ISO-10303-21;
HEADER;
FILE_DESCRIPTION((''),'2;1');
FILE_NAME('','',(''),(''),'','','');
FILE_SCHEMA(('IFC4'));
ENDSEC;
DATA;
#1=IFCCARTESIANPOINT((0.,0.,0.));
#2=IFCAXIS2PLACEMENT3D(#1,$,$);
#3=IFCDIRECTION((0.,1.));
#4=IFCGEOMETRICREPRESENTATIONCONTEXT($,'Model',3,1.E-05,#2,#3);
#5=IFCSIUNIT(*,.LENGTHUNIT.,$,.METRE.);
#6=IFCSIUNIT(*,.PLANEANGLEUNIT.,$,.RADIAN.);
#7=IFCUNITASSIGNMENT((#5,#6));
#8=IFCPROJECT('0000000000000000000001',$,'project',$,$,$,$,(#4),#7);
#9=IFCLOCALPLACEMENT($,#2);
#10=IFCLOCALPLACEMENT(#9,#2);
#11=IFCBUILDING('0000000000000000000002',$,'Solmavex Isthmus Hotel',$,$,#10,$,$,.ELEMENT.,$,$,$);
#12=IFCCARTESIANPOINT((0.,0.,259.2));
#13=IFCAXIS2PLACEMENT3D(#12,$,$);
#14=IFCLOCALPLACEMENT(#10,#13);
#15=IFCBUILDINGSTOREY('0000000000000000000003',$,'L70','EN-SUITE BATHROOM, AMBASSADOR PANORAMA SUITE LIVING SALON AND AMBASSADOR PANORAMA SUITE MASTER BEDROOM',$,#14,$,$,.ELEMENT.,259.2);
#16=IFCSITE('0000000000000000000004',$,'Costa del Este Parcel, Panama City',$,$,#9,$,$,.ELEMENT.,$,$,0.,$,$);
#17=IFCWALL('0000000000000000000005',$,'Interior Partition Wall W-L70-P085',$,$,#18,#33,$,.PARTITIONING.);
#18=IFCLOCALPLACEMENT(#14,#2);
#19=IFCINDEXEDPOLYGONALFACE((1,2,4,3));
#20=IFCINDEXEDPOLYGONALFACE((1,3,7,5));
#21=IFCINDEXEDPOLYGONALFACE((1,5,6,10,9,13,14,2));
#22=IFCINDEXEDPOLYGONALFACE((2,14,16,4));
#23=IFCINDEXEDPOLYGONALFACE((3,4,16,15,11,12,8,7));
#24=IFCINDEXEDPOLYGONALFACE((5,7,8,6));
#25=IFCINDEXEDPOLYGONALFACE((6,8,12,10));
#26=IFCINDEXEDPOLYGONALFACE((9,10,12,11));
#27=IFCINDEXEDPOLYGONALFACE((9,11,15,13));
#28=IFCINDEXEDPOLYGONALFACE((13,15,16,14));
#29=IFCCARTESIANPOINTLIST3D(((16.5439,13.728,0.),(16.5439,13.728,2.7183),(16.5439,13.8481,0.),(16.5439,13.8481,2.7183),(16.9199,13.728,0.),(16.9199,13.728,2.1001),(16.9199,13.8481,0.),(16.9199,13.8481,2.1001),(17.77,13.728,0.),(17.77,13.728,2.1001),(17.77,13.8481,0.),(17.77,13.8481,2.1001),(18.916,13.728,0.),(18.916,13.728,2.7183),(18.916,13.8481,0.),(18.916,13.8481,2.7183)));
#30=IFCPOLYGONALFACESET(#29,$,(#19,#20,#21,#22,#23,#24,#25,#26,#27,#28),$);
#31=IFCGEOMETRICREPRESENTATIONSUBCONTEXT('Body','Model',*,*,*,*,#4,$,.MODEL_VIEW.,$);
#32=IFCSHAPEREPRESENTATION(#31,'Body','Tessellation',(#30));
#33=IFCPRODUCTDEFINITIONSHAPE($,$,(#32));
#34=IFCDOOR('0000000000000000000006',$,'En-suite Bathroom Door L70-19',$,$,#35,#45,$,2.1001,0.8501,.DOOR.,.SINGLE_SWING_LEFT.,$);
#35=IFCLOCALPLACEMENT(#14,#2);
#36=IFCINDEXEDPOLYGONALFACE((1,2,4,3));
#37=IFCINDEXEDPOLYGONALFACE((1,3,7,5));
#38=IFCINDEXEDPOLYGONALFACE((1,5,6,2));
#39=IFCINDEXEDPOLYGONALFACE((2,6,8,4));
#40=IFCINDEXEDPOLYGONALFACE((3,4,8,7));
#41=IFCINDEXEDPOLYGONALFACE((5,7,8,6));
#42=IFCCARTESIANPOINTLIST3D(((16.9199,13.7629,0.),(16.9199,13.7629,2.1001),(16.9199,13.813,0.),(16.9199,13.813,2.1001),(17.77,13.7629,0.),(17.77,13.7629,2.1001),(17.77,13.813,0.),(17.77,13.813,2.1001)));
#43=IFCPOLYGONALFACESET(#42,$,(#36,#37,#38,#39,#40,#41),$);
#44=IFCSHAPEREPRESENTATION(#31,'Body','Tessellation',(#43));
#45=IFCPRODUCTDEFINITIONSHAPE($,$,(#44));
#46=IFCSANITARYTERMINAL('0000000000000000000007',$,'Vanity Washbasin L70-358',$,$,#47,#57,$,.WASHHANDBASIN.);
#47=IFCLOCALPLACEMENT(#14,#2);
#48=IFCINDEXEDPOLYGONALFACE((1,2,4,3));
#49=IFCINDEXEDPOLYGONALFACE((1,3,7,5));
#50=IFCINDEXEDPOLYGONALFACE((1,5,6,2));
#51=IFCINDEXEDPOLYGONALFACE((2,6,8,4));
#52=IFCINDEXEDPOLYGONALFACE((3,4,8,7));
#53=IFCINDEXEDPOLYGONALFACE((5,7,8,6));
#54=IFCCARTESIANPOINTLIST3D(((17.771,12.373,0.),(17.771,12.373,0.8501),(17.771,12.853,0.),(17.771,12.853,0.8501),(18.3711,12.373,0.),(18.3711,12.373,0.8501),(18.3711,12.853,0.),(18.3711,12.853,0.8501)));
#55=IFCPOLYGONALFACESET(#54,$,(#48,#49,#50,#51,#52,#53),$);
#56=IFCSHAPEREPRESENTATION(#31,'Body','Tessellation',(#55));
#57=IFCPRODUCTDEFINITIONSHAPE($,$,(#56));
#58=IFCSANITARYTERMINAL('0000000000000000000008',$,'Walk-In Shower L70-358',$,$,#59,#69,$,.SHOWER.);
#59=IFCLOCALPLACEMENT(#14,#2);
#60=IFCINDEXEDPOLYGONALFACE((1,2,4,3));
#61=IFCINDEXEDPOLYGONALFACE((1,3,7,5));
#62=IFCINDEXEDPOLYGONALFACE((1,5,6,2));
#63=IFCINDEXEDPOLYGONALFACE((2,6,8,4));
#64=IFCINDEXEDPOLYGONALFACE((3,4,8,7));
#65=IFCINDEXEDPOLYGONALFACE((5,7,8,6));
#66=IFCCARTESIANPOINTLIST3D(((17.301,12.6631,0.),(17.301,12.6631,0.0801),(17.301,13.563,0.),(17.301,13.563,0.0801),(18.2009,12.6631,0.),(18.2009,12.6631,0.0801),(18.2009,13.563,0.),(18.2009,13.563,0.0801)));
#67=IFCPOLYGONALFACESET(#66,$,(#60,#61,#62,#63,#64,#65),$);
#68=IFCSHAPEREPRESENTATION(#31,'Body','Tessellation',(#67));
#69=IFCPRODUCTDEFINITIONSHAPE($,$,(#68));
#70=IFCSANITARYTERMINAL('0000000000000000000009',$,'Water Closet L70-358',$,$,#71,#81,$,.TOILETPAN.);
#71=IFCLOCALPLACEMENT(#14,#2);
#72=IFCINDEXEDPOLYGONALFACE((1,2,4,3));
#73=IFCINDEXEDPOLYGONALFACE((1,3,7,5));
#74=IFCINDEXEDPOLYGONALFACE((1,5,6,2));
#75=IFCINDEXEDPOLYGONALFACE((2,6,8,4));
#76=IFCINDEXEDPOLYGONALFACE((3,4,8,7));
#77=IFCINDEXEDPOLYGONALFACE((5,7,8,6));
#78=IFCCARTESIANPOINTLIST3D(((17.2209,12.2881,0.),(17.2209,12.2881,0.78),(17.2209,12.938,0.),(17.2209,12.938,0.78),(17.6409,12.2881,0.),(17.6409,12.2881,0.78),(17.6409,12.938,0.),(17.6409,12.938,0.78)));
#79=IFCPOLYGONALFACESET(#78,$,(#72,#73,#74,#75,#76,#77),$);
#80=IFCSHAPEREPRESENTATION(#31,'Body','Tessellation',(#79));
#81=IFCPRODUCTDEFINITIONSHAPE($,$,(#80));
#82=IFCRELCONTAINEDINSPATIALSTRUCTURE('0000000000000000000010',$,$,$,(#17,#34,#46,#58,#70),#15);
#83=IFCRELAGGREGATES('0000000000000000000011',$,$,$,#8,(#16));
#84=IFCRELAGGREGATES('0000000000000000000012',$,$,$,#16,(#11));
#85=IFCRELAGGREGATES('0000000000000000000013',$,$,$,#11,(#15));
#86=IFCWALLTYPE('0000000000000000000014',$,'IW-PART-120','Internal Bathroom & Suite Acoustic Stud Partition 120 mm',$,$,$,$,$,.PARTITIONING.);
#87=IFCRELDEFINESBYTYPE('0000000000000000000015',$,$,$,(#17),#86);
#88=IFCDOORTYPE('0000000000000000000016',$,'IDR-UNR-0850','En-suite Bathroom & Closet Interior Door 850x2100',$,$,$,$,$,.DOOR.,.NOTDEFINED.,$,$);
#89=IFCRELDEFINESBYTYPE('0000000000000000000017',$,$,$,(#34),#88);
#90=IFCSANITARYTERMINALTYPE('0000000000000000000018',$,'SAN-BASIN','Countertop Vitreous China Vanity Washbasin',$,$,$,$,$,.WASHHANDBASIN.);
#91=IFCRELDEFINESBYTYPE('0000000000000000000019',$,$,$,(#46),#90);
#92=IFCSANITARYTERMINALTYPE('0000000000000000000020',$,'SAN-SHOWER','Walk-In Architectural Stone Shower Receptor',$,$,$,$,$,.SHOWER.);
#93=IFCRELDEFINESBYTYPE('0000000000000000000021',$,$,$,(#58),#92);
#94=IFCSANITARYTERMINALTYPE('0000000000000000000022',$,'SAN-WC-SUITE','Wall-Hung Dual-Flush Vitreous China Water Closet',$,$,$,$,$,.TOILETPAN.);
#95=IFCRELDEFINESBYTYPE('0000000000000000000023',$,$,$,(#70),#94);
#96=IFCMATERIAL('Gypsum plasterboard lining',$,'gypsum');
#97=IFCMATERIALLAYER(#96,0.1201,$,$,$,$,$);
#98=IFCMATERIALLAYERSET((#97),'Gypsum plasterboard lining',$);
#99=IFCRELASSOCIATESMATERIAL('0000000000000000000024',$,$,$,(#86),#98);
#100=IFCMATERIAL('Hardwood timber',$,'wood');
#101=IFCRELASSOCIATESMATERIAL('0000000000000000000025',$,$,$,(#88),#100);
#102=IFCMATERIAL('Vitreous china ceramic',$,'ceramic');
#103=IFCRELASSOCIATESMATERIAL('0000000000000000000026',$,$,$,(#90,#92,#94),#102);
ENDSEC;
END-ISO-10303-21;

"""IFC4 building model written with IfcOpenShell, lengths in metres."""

from ifc_helpers import new_model, si_unit, direction, frame, frame_2d, origin, origin_2d, place, context, subcontext, project, spatial, rectangle, extrude, material, layer, layer_set, type_object, element, fill, save


model = new_model("IFC4")

# Units and contexts
model_context = context("Model", 3, precision=1e-05, world=origin(), true_north=direction((0.0, 1.0)))
body_context = subcontext(model_context, "Body", "Model", "MODEL_VIEW")
ifc_project = project(units=[si_unit("LENGTHUNIT", "METRE"), si_unit("PLANEANGLEUNIT", "RADIAN")], contexts=[model_context])

# Site, building, storey
site_placement = place(None, origin())
site = spatial("IfcSite", under=ifc_project, at=site_placement, Name="Costa del Este Parcel, Panama City", CompositionType="ELEMENT", RefElevation=0.0)
building_placement = place(site_placement, origin())
building = spatial("IfcBuilding", under=site, at=building_placement, Name="Solmavex Isthmus Hotel", CompositionType="ELEMENT")
storey_placement = place(building_placement, frame((0.0, 0.0, 259.2)))
storey = spatial("IfcBuildingStorey", under=building, at=storey_placement, Name="L70", Description="EN-SUITE BATHROOM, AMBASSADOR PANORAMA SUITE LIVING SALON AND AMBASSADOR PANORAMA SUITE MASTER BEDROOM", CompositionType="ELEMENT", Elevation=259.2)

# Shared definitions
ifc_material_1 = material(Name="Gypsum plasterboard lining", Category="gypsum")

# Shared definitions
ifc_material_2 = material(Name="Hardwood timber", Category="wood")

# Shared definitions
ifc_layer_1 = layer(ifc_material_1, 0.1201)
ifc_layer_set_1 = layer_set([ifc_layer_1], Name="Gypsum plasterboard lining")
wall_type_1 = type_object("IfcWallType", Name="IW-PART-120", Description="Internal Bathroom & Suite Acoustic Stud Partition 120 mm", PredefinedType="PARTITIONING", material=ifc_layer_set_1)

# Wall, opening, door
wall_1_placement = place(storey_placement, frame((18.916, 13.7881, 0.0), z_axis=(0.0, 0.0, 1.0), x_axis=(-1.0, 0.0, 0.0)))
wall_1 = element("IfcWall", 1, at=wall_1_placement, inside=storey, type_object=wall_type_1, Name="Interior Partition Wall W-L70-P085", PredefinedType="PARTITIONING", context=body_context, shape_type="SweptSolid", body=[
    extrude(rectangle(XDim=2.3721, YDim=0.1201, at=frame_2d((1.186, 0.0))), origin(), (0.0, 0.0, 1.0), 2.7183),
])
opening_1_placement = place(wall_1_placement, frame((1.146, 0.0, 0.0)))
opening_1 = element("IfcOpeningElement", 2, at=opening_1_placement, cuts=wall_1, PredefinedType="OPENING", context=body_context, shape_type="SweptSolid", body=[
    extrude(rectangle(XDim=0.8501, YDim=2.1001, at=frame_2d((0.425, 1.05))), frame((0.0, 0.0701, 0.0), z_axis=(0.0, -1.0, 0.0), x_axis=(1.0, 0.0, 0.0)), (0.0, 0.0, 1.0), 0.1401),
])
door_type_1 = type_object("IfcDoorType", Name="IDR-UNR-0850", Description="En-suite Bathroom & Closet Interior Door 850x2100", OperationType="NOTDEFINED", PredefinedType="DOOR", material=ifc_material_2)
door_1_placement = place(opening_1_placement, frame((0.8501, 0.0, 0.0), z_axis=(0.0, 0.0, 1.0), x_axis=(-1.0, 0.0, 0.0)))
door_1 = element("IfcDoor", 3, at=door_1_placement, inside=storey, type_object=door_type_1, Name="En-suite Bathroom Door L70-19", OperationType="SINGLE_SWING_LEFT", OverallHeight=2.1001, OverallWidth=0.8501, PredefinedType="DOOR", context=body_context, shape_type="SweptSolid", body=[
    extrude(rectangle(XDim=0.8501, YDim=2.1001, at=frame_2d((0.425, 1.05))), frame((0.0, 0.0249, 0.0), z_axis=(0.0, -1.0, 0.0), x_axis=(1.0, 0.0, 0.0)), (0.0, 0.0, 1.0), 0.05),
])
fill(opening_1, door_1)

# Sanitary terminals
ifc_material_3 = material(Name="Vitreous china ceramic", Category="ceramic")
sanitary_terminal_type_1 = type_object("IfcSanitaryTerminalType", Name="SAN-BASIN", Description="Countertop Vitreous China Vanity Washbasin", PredefinedType="WASHHANDBASIN", material=ifc_material_3)
sanitary_terminal_1_placement = place(storey_placement, frame((18.071, 12.613, 0.0), z_axis=(0.0, 0.0, 1.0), x_axis=(1.0, 0.0, 0.0)))
element("IfcSanitaryTerminal", 4, at=sanitary_terminal_1_placement, inside=storey, type_object=sanitary_terminal_type_1, Name="Vanity Washbasin L70-358", PredefinedType="WASHHANDBASIN", context=body_context, shape_type="SweptSolid", body=[
    extrude(rectangle(XDim=0.6001, YDim=0.48, at=origin_2d()), origin(), (0.0, 0.0, 1.0), 0.8501),
])
sanitary_terminal_type_2 = type_object("IfcSanitaryTerminalType", Name="SAN-SHOWER", Description="Walk-In Architectural Stone Shower Receptor", PredefinedType="SHOWER", material=ifc_material_3)
sanitary_terminal_2_placement = place(storey_placement, frame((17.751, 13.113, 0.0), z_axis=(0.0, 0.0, 1.0), x_axis=(1.0, 0.0, 0.0)))
element("IfcSanitaryTerminal", 5, at=sanitary_terminal_2_placement, inside=storey, type_object=sanitary_terminal_type_2, Name="Walk-In Shower L70-358", PredefinedType="SHOWER", context=body_context, shape_type="SweptSolid", body=[
    extrude(rectangle(XDim=0.8999, YDim=0.8999, at=origin_2d()), origin(), (0.0, 0.0, 1.0), 0.0801),
])
sanitary_terminal_type_3 = type_object("IfcSanitaryTerminalType", Name="SAN-WC-SUITE", Description="Wall-Hung Dual-Flush Vitreous China Water Closet", PredefinedType="TOILETPAN", material=ifc_material_3)
sanitary_terminal_3_placement = place(storey_placement, frame((17.4309, 12.613, 0.0), z_axis=(0.0, 0.0, 1.0), x_axis=(1.0, 0.0, 0.0)))
element("IfcSanitaryTerminal", 6, at=sanitary_terminal_3_placement, inside=storey, type_object=sanitary_terminal_type_3, Name="Water Closet L70-358", PredefinedType="TOILETPAN", context=body_context, shape_type="SweptSolid", body=[
    extrude(rectangle(XDim=0.4199, YDim=0.6499, at=origin_2d()), origin(), (0.0, 0.0, 1.0), 0.78),
])

save(model, "model.ifc")
